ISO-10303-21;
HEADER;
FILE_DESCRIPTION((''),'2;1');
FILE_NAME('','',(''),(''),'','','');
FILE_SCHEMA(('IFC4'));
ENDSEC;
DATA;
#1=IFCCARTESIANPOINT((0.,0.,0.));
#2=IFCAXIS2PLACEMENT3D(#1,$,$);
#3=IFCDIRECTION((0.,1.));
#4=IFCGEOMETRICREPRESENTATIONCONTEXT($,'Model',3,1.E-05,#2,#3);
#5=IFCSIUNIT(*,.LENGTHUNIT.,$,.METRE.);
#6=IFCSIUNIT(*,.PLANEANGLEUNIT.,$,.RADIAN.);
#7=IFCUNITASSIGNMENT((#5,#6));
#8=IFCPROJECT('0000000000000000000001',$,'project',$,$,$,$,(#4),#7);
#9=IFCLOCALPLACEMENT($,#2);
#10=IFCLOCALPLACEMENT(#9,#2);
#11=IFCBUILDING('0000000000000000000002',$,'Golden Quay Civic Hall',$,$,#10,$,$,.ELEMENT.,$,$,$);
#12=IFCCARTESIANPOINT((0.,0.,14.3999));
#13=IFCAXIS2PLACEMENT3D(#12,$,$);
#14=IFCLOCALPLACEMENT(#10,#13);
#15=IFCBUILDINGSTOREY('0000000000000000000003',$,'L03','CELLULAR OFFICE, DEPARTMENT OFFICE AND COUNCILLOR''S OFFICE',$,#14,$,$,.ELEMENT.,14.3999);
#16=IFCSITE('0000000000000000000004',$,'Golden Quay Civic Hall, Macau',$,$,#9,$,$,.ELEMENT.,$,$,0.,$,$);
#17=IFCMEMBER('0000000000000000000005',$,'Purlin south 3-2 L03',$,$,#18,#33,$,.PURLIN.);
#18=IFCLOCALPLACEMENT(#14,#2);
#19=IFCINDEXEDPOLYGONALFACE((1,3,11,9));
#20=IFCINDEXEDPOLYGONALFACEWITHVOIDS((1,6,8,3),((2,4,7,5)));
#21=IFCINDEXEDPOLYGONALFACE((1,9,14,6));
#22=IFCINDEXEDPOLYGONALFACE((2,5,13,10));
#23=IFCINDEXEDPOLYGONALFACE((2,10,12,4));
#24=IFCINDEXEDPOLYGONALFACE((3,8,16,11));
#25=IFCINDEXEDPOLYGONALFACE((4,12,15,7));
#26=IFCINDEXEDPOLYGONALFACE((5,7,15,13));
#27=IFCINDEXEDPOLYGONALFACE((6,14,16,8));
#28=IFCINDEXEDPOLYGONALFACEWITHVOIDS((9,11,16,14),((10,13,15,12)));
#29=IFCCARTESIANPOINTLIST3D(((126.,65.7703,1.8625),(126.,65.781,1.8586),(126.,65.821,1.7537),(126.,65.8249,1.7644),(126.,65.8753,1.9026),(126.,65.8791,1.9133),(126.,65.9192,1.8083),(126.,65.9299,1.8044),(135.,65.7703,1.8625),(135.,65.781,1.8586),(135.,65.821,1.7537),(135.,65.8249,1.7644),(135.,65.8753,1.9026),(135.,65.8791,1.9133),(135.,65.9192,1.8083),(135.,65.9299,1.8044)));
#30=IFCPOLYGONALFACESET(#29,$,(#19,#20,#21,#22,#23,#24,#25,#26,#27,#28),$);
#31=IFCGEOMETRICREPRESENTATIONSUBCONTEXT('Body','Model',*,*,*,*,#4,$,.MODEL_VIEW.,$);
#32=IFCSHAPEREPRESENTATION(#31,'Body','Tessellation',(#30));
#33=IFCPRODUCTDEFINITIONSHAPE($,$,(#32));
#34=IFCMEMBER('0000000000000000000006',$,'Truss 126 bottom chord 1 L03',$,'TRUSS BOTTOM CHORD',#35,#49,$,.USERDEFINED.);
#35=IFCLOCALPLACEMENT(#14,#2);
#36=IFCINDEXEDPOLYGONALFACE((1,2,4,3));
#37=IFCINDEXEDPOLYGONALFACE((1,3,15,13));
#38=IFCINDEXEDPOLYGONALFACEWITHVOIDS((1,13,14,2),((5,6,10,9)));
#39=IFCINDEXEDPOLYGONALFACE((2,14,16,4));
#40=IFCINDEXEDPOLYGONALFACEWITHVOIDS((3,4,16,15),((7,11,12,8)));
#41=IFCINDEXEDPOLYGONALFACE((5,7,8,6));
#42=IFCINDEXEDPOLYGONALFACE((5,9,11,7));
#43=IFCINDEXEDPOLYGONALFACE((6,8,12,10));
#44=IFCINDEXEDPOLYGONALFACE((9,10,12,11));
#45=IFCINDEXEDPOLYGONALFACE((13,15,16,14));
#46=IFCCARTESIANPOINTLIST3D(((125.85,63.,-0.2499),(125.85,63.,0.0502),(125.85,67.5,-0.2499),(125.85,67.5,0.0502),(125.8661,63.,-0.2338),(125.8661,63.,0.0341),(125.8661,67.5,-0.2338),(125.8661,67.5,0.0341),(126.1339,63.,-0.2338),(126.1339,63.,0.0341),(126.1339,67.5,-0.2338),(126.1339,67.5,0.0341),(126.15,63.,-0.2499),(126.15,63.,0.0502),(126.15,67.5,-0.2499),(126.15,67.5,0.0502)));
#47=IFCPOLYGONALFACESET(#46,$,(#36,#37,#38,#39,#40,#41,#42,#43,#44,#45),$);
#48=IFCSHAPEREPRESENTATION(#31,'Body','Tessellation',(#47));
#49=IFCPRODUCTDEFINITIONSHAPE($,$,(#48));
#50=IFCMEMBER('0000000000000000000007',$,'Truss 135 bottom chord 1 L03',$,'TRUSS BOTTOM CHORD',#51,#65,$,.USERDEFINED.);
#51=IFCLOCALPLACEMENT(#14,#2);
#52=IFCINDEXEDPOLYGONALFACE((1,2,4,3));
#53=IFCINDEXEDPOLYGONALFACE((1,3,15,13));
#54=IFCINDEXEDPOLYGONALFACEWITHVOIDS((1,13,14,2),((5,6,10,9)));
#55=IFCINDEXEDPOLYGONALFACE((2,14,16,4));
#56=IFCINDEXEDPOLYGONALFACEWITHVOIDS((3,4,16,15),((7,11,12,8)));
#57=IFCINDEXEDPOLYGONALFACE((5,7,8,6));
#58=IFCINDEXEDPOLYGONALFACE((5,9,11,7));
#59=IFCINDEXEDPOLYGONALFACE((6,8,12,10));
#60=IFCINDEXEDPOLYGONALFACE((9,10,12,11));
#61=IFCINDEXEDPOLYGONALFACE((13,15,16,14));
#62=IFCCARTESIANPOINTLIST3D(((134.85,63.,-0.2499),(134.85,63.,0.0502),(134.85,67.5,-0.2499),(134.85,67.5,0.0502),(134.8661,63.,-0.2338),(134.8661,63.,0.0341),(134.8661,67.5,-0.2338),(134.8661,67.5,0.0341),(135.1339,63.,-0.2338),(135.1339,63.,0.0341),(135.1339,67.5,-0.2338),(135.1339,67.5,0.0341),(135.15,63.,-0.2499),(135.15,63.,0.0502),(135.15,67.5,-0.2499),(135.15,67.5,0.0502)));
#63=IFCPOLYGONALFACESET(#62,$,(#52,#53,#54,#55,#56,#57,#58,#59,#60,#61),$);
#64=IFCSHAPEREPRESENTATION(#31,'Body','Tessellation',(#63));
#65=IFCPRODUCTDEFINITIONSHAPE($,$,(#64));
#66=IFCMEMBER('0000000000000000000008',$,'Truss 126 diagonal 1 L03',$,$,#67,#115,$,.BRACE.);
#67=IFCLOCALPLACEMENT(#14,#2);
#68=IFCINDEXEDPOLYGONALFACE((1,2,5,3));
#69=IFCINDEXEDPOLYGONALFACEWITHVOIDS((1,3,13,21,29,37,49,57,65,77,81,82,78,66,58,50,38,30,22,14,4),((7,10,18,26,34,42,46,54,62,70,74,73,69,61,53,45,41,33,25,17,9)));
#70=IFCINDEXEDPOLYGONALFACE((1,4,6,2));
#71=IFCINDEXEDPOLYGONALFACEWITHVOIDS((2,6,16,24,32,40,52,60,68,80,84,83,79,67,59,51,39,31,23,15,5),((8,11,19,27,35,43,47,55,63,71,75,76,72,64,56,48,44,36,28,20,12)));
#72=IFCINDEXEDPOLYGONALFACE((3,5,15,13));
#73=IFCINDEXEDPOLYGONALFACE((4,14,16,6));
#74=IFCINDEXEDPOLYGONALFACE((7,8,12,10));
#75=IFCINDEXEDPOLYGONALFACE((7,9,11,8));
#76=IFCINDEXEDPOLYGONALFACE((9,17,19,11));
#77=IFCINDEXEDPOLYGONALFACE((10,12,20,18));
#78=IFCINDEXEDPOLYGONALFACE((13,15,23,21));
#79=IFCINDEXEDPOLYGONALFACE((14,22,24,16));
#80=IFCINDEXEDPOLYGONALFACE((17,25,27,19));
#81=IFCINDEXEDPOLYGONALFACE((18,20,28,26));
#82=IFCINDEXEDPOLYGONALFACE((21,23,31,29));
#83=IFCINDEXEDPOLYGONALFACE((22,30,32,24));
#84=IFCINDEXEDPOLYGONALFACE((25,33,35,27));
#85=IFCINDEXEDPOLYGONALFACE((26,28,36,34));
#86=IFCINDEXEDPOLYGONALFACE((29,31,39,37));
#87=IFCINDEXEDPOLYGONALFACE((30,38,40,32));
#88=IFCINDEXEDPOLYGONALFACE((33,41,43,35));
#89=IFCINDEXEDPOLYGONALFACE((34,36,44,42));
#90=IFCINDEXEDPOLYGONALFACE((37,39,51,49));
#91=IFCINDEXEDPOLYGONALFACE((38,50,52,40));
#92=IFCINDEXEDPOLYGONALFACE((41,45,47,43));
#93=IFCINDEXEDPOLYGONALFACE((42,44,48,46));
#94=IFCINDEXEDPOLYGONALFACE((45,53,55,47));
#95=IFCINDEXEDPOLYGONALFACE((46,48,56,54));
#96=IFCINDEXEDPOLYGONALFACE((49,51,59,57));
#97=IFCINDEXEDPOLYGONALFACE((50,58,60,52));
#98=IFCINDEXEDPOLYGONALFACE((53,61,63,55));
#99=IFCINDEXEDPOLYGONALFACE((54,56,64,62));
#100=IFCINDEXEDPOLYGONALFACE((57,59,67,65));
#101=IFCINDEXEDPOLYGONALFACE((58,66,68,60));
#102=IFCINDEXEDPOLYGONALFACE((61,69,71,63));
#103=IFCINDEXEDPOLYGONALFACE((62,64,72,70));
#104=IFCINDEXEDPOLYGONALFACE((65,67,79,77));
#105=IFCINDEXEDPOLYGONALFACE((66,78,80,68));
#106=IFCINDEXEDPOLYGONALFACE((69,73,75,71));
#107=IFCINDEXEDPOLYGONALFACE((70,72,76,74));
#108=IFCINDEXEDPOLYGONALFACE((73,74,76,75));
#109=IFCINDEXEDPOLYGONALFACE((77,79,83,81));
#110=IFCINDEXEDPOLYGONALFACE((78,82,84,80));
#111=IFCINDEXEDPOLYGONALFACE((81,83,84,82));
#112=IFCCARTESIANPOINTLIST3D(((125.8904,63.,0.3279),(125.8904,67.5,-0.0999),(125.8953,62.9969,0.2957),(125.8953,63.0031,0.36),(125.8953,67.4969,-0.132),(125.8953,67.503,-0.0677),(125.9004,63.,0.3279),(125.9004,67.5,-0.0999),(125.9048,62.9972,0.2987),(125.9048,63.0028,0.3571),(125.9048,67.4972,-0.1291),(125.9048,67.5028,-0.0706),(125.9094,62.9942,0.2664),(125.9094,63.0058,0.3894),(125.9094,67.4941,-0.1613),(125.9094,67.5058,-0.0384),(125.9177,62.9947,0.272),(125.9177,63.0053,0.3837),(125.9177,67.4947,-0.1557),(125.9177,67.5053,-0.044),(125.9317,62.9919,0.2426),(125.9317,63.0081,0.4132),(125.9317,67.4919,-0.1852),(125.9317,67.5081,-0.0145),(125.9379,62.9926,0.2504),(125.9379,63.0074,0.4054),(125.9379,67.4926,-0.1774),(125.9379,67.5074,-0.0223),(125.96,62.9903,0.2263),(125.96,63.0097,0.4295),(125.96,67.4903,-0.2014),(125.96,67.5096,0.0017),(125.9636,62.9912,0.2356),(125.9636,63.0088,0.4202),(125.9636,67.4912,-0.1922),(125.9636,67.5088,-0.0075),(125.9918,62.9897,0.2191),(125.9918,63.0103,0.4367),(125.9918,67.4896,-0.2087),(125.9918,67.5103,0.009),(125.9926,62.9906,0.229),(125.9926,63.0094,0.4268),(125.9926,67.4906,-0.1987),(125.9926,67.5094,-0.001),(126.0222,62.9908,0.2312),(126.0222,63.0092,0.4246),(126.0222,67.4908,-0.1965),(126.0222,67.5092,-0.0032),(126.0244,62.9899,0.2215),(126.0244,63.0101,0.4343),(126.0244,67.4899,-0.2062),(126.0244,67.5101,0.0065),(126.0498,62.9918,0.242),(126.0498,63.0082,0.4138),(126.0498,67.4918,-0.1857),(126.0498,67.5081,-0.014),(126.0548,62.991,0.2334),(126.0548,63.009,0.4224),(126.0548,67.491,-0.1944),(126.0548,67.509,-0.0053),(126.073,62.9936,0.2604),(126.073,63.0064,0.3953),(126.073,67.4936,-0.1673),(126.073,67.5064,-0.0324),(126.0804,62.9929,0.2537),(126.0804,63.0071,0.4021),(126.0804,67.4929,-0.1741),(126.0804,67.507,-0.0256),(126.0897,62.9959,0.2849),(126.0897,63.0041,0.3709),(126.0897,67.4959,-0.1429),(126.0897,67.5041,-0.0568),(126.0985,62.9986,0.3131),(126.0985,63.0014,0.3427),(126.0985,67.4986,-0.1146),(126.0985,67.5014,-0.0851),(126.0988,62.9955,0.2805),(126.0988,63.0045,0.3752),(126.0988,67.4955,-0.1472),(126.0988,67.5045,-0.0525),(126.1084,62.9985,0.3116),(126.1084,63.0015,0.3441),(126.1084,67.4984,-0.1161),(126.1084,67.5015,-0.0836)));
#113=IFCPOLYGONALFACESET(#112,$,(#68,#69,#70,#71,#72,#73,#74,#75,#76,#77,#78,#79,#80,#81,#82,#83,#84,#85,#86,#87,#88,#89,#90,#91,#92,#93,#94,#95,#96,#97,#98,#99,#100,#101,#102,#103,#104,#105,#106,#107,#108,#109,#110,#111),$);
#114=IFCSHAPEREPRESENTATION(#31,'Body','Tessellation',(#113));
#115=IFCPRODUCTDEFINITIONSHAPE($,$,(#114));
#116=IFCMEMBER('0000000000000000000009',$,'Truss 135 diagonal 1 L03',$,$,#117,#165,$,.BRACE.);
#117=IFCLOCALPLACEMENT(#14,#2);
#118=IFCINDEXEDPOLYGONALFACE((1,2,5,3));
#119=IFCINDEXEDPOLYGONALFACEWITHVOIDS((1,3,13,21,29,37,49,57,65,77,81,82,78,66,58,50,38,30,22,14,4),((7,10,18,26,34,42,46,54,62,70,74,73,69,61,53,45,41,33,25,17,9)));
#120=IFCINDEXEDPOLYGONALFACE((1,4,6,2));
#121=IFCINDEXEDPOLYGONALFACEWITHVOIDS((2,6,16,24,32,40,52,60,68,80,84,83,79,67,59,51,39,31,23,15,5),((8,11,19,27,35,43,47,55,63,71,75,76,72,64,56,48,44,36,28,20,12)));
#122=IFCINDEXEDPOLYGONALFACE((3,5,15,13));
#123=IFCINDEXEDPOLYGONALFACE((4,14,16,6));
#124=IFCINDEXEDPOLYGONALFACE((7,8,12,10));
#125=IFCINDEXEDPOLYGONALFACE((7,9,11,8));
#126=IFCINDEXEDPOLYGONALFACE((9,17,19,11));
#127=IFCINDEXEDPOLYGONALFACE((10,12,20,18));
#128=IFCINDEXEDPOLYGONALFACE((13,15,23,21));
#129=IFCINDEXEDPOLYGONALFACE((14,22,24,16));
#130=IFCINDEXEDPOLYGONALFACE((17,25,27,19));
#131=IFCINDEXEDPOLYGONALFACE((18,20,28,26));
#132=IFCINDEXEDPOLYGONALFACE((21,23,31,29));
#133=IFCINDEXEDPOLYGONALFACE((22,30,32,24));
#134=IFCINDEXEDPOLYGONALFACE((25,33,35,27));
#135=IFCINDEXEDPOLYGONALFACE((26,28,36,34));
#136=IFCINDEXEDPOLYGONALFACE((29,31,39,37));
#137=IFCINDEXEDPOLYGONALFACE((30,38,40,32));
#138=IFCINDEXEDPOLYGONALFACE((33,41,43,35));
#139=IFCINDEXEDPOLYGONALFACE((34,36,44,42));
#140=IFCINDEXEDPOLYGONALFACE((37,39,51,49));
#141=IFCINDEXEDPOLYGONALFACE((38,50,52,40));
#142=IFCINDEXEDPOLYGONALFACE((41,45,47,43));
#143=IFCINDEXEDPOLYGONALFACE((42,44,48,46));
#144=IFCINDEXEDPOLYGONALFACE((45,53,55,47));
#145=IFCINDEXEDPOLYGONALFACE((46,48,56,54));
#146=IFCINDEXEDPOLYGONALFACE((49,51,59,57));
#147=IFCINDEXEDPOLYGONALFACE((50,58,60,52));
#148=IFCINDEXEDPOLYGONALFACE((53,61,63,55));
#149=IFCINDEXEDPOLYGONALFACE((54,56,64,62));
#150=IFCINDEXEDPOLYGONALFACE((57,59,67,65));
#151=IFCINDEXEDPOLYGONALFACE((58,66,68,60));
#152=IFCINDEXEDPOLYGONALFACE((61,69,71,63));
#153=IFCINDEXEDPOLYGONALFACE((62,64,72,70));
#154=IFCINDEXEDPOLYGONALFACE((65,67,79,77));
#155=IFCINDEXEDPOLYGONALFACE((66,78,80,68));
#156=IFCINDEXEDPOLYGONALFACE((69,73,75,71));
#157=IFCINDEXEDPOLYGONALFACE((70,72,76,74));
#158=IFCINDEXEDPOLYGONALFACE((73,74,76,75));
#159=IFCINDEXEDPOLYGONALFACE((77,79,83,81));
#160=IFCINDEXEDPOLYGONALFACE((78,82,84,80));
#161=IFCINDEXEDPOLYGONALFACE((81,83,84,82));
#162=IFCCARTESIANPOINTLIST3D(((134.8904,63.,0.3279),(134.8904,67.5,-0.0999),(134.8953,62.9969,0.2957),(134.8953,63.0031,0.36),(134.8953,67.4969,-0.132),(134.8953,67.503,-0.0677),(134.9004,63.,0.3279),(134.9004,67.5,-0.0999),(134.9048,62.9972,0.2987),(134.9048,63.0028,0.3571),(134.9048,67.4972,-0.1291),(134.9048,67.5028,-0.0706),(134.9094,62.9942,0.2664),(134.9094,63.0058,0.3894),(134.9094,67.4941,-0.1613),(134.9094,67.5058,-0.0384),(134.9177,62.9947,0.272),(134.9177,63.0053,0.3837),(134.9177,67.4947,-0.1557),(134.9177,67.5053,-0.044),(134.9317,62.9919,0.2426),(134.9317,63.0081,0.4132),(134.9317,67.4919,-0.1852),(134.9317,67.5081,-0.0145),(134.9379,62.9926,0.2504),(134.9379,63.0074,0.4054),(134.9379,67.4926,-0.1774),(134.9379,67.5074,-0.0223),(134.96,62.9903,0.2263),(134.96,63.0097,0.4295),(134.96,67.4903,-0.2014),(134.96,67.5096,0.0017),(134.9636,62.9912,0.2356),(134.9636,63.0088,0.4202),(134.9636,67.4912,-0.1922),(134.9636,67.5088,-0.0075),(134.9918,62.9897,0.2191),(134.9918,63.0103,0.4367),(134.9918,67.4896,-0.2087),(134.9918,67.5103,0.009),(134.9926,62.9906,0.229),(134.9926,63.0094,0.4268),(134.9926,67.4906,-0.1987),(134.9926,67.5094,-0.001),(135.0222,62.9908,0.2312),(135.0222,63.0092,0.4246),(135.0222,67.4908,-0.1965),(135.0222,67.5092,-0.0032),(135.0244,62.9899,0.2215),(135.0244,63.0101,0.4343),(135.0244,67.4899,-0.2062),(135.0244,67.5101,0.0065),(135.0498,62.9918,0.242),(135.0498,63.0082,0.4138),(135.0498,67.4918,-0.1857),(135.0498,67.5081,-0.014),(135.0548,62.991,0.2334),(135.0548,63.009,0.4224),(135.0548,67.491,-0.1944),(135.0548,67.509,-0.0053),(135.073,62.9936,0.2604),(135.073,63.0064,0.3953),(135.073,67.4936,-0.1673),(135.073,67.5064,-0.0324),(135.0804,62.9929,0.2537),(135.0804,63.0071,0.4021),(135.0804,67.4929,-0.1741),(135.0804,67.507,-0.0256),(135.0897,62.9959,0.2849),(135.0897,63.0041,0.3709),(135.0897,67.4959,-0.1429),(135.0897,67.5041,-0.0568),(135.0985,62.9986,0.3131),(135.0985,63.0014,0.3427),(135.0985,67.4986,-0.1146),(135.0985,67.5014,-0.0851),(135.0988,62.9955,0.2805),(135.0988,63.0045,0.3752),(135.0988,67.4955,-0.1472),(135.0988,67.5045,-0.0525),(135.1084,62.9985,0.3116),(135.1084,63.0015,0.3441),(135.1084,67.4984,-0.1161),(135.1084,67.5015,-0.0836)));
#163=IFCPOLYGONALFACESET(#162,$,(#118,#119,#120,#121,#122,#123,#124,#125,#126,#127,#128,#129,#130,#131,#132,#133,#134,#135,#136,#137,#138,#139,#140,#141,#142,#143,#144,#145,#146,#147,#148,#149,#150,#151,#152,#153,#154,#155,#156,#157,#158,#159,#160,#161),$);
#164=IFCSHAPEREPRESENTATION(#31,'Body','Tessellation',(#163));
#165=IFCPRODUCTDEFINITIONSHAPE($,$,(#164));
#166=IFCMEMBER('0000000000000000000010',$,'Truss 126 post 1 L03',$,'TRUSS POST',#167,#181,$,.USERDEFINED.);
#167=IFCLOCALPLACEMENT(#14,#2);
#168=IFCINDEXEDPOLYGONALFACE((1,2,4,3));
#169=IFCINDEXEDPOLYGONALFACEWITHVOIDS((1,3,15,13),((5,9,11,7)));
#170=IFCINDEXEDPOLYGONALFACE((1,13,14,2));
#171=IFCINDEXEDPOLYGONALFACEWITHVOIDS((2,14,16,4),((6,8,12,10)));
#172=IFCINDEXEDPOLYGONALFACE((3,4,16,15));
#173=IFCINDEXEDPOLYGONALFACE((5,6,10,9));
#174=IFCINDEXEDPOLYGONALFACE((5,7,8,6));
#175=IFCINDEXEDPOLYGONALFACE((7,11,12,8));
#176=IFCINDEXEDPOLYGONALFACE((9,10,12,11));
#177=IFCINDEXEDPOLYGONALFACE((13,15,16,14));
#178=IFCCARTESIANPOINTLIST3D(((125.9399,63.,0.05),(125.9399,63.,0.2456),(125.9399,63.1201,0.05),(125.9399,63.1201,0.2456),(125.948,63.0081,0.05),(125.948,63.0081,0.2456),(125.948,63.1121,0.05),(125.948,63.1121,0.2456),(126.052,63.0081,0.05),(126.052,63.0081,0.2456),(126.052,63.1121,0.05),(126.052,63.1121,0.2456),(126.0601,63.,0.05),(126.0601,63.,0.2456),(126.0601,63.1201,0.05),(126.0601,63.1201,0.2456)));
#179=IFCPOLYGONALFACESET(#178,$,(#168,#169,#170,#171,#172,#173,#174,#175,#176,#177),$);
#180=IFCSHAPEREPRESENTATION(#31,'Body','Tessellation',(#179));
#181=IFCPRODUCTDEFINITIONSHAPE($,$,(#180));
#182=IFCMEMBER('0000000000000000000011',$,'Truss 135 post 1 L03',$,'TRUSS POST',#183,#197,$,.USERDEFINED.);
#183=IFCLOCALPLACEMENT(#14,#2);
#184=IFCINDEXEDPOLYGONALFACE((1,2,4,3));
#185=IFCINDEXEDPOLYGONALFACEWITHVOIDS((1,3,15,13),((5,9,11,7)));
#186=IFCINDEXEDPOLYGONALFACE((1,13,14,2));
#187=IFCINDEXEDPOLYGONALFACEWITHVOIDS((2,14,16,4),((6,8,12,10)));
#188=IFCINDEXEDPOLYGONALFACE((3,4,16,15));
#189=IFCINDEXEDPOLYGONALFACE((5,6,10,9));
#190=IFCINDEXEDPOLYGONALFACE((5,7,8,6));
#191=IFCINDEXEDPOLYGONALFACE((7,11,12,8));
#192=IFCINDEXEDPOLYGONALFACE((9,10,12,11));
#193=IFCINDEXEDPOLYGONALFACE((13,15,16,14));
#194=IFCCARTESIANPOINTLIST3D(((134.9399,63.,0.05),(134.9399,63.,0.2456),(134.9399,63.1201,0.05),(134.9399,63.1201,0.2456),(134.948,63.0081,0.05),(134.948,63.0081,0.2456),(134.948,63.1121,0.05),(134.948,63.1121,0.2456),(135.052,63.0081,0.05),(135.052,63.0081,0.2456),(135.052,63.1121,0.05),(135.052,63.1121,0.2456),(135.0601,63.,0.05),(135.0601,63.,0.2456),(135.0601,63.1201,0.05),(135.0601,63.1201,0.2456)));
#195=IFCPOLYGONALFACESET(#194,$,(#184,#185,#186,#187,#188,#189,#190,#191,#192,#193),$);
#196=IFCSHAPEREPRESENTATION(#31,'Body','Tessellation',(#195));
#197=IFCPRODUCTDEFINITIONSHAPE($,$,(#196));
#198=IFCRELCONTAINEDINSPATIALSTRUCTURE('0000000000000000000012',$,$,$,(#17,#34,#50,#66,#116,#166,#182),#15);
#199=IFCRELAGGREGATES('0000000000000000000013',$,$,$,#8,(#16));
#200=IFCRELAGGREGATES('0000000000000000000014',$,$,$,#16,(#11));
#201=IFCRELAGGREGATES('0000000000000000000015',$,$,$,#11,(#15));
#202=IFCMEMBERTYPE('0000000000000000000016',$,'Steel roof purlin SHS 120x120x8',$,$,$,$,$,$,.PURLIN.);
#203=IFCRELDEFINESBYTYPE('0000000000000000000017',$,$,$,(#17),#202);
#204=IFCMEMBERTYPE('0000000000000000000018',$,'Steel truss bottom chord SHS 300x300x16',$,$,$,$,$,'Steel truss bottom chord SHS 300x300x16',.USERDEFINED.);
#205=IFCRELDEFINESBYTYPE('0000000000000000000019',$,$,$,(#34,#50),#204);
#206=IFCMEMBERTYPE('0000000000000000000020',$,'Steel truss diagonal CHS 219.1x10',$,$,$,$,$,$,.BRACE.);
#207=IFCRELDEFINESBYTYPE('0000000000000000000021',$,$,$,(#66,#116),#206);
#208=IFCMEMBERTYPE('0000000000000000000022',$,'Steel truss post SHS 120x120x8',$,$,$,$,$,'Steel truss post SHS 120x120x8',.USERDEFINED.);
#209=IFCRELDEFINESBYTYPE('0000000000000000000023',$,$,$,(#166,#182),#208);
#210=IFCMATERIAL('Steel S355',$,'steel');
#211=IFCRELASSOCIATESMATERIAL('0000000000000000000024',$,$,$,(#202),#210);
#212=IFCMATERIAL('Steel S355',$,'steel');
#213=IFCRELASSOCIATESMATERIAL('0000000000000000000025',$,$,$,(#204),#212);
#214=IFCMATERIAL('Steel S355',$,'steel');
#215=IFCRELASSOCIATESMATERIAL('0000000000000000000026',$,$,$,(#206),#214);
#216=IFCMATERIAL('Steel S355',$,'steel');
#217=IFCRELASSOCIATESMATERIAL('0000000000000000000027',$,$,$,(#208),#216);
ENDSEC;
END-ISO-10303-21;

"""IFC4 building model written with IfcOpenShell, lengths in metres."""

from ifc_helpers import new_model, si_unit, direction, frame, origin, origin_2d, place, context, subcontext, project, spatial, hollow_rectangle, hollow_circle, extrude, material, material_profile, profile_set, type_object, element, save


model = new_model("IFC4")

# Units and contexts
model_context = context("Model", 3, precision=1e-05, world=origin(), true_north=direction((0.0, 1.0)))
body_context = subcontext(model_context, "Body", "Model", "MODEL_VIEW")
ifc_project = project(units=[si_unit("LENGTHUNIT", "METRE"), si_unit("PLANEANGLEUNIT", "RADIAN")], contexts=[model_context])

# Site, building, storey
site_placement = place(None, origin())
site = spatial("IfcSite", under=ifc_project, at=site_placement, Name="Golden Quay Civic Hall, Macau", CompositionType="ELEMENT", RefElevation=0.0)
building_placement = place(site_placement, origin())
building = spatial("IfcBuilding", under=site, at=building_placement, Name="Golden Quay Civic Hall", CompositionType="ELEMENT")
storey_placement = place(building_placement, frame((0.0, 0.0, 14.3999)))
storey = spatial("IfcBuildingStorey", under=building, at=storey_placement, Name="L03", Description="CELLULAR OFFICE, DEPARTMENT OFFICE AND COUNCILLOR'S OFFICE", CompositionType="ELEMENT", Elevation=14.3999)

# Members
ifc_material_1 = material(Name="Steel S355", Category="steel")
ifc_material_profile_1 = material_profile(ifc_material_1, hollow_rectangle(XDim=0.1201, YDim=0.1201, WallThickness=0.0081, at=origin_2d()), Name="SHS 120x120x8")
ifc_profile_set_1 = profile_set([ifc_material_profile_1], Name="Steel S355")
member_type_1 = type_object("IfcMemberType", Name="Steel roof purlin SHS 120x120x8", PredefinedType="PURLIN", material=ifc_profile_set_1)
member_1_placement = place(storey_placement, frame((126.0, 65.8501, 1.8335), z_axis=(1.0, 0.0, 0.0), x_axis=(0.0, 0.906308, 0.422618)))
element("IfcMember", 1, at=member_1_placement, inside=storey, type_object=member_type_1, Name="Purlin south 3-2 L03", PredefinedType="PURLIN", context=body_context, shape_type="SweptSolid", body=[
    extrude(hollow_rectangle(XDim=0.1201, YDim=0.1201, WallThickness=0.0081, at=origin_2d()), origin(), (0.0, 0.0, 1.0), 9.0),
])
ifc_material_2 = material(Name="Steel S355", Category="steel")
ifc_material_profile_2 = material_profile(ifc_material_2, hollow_rectangle(XDim=0.3, YDim=0.3, WallThickness=0.0161, at=origin_2d()), Name="SHS 300x300x16")
ifc_profile_set_2 = profile_set([ifc_material_profile_2], Name="Steel S355")
member_type_2 = type_object("IfcMemberType", Name="Steel truss bottom chord SHS 300x300x16", ElementType="Steel truss bottom chord SHS 300x300x16", PredefinedType="USERDEFINED", material=ifc_profile_set_2)
for number, where, z_axis, x_axis, name in (
    (2, (126.0, 63.0, -0.0999), (0.0, 1.0, 0.0), (-1.0, 0.0, 0.0), "Truss 126 bottom chord 1 L03"),
    (3, (135.0, 63.0, -0.0999), (0.0, 1.0, 0.0), (-1.0, 0.0, 0.0), "Truss 135 bottom chord 1 L03"),
):
    element("IfcMember", number, at=place(storey_placement, frame(where, z_axis=z_axis, x_axis=x_axis)), inside=storey, type_object=member_type_2, Name=name, ObjectType="TRUSS BOTTOM CHORD", PredefinedType="USERDEFINED", context=body_context, shape_type="SweptSolid", body=[
        extrude(hollow_rectangle(XDim=0.3, YDim=0.3, WallThickness=0.0161, at=origin_2d()), origin(), (0.0, 0.0, 1.0), 4.5),
    ])
ifc_material_3 = material(Name="Steel S355", Category="steel")
ifc_material_profile_3 = material_profile(ifc_material_3, hollow_circle(Radius=0.1096, WallThickness=0.01, at=origin_2d()), Name="CHS 219.1x10")
ifc_profile_set_3 = profile_set([ifc_material_profile_3], Name="Steel S355")
member_type_3 = type_object("IfcMemberType", Name="Steel truss diagonal CHS 219.1x10", PredefinedType="BRACE", material=ifc_profile_set_3)
for number, where, z_axis, x_axis, name in (
    (4, (126.0, 63.0, 0.3279), (0.0, 0.995513, -0.094626), (-1.0, 0.0, 0.0), "Truss 126 diagonal 1 L03"),
    (5, (135.0, 63.0, 0.3279), (0.0, 0.995513, -0.094626), (-1.0, 0.0, 0.0), "Truss 135 diagonal 1 L03"),
):
    element("IfcMember", number, at=place(storey_placement, frame(where, z_axis=z_axis, x_axis=x_axis)), inside=storey, type_object=member_type_3, Name=name, PredefinedType="BRACE", context=body_context, shape_type="SweptSolid", body=[
        extrude(hollow_circle(Radius=0.1096, WallThickness=0.01, at=origin_2d()), origin(), (0.0, 0.0, 1.0), 4.5203),
    ])
ifc_material_4 = material(Name="Steel S355", Category="steel")
ifc_material_profile_4 = material_profile(ifc_material_4, hollow_rectangle(XDim=0.1201, YDim=0.1201, WallThickness=0.0081, at=origin_2d()), Name="SHS 120x120x8")
ifc_profile_set_4 = profile_set([ifc_material_profile_4], Name="Steel S355")
member_type_4 = type_object("IfcMemberType", Name="Steel truss post SHS 120x120x8", ElementType="Steel truss post SHS 120x120x8", PredefinedType="USERDEFINED", material=ifc_profile_set_4)
for number, where, z_axis, x_axis, name in (
    (6, (126.0, 63.0601, 0.05), (0.0, 0.0, 1.0), (1.0, 0.0, 0.0), "Truss 126 post 1 L03"),
    (7, (135.0, 63.0601, 0.05), (0.0, 0.0, 1.0), (1.0, 0.0, 0.0), "Truss 135 post 1 L03"),
):
    element("IfcMember", number, at=place(storey_placement, frame(where, z_axis=z_axis, x_axis=x_axis)), inside=storey, type_object=member_type_4, Name=name, ObjectType="TRUSS POST", PredefinedType="USERDEFINED", context=body_context, shape_type="SweptSolid", body=[
        extrude(hollow_rectangle(XDim=0.1201, YDim=0.1201, WallThickness=0.0081, at=origin_2d()), origin(), (0.0, 0.0, 1.0), 0.1956),
    ])

save(model, "model.ifc")
